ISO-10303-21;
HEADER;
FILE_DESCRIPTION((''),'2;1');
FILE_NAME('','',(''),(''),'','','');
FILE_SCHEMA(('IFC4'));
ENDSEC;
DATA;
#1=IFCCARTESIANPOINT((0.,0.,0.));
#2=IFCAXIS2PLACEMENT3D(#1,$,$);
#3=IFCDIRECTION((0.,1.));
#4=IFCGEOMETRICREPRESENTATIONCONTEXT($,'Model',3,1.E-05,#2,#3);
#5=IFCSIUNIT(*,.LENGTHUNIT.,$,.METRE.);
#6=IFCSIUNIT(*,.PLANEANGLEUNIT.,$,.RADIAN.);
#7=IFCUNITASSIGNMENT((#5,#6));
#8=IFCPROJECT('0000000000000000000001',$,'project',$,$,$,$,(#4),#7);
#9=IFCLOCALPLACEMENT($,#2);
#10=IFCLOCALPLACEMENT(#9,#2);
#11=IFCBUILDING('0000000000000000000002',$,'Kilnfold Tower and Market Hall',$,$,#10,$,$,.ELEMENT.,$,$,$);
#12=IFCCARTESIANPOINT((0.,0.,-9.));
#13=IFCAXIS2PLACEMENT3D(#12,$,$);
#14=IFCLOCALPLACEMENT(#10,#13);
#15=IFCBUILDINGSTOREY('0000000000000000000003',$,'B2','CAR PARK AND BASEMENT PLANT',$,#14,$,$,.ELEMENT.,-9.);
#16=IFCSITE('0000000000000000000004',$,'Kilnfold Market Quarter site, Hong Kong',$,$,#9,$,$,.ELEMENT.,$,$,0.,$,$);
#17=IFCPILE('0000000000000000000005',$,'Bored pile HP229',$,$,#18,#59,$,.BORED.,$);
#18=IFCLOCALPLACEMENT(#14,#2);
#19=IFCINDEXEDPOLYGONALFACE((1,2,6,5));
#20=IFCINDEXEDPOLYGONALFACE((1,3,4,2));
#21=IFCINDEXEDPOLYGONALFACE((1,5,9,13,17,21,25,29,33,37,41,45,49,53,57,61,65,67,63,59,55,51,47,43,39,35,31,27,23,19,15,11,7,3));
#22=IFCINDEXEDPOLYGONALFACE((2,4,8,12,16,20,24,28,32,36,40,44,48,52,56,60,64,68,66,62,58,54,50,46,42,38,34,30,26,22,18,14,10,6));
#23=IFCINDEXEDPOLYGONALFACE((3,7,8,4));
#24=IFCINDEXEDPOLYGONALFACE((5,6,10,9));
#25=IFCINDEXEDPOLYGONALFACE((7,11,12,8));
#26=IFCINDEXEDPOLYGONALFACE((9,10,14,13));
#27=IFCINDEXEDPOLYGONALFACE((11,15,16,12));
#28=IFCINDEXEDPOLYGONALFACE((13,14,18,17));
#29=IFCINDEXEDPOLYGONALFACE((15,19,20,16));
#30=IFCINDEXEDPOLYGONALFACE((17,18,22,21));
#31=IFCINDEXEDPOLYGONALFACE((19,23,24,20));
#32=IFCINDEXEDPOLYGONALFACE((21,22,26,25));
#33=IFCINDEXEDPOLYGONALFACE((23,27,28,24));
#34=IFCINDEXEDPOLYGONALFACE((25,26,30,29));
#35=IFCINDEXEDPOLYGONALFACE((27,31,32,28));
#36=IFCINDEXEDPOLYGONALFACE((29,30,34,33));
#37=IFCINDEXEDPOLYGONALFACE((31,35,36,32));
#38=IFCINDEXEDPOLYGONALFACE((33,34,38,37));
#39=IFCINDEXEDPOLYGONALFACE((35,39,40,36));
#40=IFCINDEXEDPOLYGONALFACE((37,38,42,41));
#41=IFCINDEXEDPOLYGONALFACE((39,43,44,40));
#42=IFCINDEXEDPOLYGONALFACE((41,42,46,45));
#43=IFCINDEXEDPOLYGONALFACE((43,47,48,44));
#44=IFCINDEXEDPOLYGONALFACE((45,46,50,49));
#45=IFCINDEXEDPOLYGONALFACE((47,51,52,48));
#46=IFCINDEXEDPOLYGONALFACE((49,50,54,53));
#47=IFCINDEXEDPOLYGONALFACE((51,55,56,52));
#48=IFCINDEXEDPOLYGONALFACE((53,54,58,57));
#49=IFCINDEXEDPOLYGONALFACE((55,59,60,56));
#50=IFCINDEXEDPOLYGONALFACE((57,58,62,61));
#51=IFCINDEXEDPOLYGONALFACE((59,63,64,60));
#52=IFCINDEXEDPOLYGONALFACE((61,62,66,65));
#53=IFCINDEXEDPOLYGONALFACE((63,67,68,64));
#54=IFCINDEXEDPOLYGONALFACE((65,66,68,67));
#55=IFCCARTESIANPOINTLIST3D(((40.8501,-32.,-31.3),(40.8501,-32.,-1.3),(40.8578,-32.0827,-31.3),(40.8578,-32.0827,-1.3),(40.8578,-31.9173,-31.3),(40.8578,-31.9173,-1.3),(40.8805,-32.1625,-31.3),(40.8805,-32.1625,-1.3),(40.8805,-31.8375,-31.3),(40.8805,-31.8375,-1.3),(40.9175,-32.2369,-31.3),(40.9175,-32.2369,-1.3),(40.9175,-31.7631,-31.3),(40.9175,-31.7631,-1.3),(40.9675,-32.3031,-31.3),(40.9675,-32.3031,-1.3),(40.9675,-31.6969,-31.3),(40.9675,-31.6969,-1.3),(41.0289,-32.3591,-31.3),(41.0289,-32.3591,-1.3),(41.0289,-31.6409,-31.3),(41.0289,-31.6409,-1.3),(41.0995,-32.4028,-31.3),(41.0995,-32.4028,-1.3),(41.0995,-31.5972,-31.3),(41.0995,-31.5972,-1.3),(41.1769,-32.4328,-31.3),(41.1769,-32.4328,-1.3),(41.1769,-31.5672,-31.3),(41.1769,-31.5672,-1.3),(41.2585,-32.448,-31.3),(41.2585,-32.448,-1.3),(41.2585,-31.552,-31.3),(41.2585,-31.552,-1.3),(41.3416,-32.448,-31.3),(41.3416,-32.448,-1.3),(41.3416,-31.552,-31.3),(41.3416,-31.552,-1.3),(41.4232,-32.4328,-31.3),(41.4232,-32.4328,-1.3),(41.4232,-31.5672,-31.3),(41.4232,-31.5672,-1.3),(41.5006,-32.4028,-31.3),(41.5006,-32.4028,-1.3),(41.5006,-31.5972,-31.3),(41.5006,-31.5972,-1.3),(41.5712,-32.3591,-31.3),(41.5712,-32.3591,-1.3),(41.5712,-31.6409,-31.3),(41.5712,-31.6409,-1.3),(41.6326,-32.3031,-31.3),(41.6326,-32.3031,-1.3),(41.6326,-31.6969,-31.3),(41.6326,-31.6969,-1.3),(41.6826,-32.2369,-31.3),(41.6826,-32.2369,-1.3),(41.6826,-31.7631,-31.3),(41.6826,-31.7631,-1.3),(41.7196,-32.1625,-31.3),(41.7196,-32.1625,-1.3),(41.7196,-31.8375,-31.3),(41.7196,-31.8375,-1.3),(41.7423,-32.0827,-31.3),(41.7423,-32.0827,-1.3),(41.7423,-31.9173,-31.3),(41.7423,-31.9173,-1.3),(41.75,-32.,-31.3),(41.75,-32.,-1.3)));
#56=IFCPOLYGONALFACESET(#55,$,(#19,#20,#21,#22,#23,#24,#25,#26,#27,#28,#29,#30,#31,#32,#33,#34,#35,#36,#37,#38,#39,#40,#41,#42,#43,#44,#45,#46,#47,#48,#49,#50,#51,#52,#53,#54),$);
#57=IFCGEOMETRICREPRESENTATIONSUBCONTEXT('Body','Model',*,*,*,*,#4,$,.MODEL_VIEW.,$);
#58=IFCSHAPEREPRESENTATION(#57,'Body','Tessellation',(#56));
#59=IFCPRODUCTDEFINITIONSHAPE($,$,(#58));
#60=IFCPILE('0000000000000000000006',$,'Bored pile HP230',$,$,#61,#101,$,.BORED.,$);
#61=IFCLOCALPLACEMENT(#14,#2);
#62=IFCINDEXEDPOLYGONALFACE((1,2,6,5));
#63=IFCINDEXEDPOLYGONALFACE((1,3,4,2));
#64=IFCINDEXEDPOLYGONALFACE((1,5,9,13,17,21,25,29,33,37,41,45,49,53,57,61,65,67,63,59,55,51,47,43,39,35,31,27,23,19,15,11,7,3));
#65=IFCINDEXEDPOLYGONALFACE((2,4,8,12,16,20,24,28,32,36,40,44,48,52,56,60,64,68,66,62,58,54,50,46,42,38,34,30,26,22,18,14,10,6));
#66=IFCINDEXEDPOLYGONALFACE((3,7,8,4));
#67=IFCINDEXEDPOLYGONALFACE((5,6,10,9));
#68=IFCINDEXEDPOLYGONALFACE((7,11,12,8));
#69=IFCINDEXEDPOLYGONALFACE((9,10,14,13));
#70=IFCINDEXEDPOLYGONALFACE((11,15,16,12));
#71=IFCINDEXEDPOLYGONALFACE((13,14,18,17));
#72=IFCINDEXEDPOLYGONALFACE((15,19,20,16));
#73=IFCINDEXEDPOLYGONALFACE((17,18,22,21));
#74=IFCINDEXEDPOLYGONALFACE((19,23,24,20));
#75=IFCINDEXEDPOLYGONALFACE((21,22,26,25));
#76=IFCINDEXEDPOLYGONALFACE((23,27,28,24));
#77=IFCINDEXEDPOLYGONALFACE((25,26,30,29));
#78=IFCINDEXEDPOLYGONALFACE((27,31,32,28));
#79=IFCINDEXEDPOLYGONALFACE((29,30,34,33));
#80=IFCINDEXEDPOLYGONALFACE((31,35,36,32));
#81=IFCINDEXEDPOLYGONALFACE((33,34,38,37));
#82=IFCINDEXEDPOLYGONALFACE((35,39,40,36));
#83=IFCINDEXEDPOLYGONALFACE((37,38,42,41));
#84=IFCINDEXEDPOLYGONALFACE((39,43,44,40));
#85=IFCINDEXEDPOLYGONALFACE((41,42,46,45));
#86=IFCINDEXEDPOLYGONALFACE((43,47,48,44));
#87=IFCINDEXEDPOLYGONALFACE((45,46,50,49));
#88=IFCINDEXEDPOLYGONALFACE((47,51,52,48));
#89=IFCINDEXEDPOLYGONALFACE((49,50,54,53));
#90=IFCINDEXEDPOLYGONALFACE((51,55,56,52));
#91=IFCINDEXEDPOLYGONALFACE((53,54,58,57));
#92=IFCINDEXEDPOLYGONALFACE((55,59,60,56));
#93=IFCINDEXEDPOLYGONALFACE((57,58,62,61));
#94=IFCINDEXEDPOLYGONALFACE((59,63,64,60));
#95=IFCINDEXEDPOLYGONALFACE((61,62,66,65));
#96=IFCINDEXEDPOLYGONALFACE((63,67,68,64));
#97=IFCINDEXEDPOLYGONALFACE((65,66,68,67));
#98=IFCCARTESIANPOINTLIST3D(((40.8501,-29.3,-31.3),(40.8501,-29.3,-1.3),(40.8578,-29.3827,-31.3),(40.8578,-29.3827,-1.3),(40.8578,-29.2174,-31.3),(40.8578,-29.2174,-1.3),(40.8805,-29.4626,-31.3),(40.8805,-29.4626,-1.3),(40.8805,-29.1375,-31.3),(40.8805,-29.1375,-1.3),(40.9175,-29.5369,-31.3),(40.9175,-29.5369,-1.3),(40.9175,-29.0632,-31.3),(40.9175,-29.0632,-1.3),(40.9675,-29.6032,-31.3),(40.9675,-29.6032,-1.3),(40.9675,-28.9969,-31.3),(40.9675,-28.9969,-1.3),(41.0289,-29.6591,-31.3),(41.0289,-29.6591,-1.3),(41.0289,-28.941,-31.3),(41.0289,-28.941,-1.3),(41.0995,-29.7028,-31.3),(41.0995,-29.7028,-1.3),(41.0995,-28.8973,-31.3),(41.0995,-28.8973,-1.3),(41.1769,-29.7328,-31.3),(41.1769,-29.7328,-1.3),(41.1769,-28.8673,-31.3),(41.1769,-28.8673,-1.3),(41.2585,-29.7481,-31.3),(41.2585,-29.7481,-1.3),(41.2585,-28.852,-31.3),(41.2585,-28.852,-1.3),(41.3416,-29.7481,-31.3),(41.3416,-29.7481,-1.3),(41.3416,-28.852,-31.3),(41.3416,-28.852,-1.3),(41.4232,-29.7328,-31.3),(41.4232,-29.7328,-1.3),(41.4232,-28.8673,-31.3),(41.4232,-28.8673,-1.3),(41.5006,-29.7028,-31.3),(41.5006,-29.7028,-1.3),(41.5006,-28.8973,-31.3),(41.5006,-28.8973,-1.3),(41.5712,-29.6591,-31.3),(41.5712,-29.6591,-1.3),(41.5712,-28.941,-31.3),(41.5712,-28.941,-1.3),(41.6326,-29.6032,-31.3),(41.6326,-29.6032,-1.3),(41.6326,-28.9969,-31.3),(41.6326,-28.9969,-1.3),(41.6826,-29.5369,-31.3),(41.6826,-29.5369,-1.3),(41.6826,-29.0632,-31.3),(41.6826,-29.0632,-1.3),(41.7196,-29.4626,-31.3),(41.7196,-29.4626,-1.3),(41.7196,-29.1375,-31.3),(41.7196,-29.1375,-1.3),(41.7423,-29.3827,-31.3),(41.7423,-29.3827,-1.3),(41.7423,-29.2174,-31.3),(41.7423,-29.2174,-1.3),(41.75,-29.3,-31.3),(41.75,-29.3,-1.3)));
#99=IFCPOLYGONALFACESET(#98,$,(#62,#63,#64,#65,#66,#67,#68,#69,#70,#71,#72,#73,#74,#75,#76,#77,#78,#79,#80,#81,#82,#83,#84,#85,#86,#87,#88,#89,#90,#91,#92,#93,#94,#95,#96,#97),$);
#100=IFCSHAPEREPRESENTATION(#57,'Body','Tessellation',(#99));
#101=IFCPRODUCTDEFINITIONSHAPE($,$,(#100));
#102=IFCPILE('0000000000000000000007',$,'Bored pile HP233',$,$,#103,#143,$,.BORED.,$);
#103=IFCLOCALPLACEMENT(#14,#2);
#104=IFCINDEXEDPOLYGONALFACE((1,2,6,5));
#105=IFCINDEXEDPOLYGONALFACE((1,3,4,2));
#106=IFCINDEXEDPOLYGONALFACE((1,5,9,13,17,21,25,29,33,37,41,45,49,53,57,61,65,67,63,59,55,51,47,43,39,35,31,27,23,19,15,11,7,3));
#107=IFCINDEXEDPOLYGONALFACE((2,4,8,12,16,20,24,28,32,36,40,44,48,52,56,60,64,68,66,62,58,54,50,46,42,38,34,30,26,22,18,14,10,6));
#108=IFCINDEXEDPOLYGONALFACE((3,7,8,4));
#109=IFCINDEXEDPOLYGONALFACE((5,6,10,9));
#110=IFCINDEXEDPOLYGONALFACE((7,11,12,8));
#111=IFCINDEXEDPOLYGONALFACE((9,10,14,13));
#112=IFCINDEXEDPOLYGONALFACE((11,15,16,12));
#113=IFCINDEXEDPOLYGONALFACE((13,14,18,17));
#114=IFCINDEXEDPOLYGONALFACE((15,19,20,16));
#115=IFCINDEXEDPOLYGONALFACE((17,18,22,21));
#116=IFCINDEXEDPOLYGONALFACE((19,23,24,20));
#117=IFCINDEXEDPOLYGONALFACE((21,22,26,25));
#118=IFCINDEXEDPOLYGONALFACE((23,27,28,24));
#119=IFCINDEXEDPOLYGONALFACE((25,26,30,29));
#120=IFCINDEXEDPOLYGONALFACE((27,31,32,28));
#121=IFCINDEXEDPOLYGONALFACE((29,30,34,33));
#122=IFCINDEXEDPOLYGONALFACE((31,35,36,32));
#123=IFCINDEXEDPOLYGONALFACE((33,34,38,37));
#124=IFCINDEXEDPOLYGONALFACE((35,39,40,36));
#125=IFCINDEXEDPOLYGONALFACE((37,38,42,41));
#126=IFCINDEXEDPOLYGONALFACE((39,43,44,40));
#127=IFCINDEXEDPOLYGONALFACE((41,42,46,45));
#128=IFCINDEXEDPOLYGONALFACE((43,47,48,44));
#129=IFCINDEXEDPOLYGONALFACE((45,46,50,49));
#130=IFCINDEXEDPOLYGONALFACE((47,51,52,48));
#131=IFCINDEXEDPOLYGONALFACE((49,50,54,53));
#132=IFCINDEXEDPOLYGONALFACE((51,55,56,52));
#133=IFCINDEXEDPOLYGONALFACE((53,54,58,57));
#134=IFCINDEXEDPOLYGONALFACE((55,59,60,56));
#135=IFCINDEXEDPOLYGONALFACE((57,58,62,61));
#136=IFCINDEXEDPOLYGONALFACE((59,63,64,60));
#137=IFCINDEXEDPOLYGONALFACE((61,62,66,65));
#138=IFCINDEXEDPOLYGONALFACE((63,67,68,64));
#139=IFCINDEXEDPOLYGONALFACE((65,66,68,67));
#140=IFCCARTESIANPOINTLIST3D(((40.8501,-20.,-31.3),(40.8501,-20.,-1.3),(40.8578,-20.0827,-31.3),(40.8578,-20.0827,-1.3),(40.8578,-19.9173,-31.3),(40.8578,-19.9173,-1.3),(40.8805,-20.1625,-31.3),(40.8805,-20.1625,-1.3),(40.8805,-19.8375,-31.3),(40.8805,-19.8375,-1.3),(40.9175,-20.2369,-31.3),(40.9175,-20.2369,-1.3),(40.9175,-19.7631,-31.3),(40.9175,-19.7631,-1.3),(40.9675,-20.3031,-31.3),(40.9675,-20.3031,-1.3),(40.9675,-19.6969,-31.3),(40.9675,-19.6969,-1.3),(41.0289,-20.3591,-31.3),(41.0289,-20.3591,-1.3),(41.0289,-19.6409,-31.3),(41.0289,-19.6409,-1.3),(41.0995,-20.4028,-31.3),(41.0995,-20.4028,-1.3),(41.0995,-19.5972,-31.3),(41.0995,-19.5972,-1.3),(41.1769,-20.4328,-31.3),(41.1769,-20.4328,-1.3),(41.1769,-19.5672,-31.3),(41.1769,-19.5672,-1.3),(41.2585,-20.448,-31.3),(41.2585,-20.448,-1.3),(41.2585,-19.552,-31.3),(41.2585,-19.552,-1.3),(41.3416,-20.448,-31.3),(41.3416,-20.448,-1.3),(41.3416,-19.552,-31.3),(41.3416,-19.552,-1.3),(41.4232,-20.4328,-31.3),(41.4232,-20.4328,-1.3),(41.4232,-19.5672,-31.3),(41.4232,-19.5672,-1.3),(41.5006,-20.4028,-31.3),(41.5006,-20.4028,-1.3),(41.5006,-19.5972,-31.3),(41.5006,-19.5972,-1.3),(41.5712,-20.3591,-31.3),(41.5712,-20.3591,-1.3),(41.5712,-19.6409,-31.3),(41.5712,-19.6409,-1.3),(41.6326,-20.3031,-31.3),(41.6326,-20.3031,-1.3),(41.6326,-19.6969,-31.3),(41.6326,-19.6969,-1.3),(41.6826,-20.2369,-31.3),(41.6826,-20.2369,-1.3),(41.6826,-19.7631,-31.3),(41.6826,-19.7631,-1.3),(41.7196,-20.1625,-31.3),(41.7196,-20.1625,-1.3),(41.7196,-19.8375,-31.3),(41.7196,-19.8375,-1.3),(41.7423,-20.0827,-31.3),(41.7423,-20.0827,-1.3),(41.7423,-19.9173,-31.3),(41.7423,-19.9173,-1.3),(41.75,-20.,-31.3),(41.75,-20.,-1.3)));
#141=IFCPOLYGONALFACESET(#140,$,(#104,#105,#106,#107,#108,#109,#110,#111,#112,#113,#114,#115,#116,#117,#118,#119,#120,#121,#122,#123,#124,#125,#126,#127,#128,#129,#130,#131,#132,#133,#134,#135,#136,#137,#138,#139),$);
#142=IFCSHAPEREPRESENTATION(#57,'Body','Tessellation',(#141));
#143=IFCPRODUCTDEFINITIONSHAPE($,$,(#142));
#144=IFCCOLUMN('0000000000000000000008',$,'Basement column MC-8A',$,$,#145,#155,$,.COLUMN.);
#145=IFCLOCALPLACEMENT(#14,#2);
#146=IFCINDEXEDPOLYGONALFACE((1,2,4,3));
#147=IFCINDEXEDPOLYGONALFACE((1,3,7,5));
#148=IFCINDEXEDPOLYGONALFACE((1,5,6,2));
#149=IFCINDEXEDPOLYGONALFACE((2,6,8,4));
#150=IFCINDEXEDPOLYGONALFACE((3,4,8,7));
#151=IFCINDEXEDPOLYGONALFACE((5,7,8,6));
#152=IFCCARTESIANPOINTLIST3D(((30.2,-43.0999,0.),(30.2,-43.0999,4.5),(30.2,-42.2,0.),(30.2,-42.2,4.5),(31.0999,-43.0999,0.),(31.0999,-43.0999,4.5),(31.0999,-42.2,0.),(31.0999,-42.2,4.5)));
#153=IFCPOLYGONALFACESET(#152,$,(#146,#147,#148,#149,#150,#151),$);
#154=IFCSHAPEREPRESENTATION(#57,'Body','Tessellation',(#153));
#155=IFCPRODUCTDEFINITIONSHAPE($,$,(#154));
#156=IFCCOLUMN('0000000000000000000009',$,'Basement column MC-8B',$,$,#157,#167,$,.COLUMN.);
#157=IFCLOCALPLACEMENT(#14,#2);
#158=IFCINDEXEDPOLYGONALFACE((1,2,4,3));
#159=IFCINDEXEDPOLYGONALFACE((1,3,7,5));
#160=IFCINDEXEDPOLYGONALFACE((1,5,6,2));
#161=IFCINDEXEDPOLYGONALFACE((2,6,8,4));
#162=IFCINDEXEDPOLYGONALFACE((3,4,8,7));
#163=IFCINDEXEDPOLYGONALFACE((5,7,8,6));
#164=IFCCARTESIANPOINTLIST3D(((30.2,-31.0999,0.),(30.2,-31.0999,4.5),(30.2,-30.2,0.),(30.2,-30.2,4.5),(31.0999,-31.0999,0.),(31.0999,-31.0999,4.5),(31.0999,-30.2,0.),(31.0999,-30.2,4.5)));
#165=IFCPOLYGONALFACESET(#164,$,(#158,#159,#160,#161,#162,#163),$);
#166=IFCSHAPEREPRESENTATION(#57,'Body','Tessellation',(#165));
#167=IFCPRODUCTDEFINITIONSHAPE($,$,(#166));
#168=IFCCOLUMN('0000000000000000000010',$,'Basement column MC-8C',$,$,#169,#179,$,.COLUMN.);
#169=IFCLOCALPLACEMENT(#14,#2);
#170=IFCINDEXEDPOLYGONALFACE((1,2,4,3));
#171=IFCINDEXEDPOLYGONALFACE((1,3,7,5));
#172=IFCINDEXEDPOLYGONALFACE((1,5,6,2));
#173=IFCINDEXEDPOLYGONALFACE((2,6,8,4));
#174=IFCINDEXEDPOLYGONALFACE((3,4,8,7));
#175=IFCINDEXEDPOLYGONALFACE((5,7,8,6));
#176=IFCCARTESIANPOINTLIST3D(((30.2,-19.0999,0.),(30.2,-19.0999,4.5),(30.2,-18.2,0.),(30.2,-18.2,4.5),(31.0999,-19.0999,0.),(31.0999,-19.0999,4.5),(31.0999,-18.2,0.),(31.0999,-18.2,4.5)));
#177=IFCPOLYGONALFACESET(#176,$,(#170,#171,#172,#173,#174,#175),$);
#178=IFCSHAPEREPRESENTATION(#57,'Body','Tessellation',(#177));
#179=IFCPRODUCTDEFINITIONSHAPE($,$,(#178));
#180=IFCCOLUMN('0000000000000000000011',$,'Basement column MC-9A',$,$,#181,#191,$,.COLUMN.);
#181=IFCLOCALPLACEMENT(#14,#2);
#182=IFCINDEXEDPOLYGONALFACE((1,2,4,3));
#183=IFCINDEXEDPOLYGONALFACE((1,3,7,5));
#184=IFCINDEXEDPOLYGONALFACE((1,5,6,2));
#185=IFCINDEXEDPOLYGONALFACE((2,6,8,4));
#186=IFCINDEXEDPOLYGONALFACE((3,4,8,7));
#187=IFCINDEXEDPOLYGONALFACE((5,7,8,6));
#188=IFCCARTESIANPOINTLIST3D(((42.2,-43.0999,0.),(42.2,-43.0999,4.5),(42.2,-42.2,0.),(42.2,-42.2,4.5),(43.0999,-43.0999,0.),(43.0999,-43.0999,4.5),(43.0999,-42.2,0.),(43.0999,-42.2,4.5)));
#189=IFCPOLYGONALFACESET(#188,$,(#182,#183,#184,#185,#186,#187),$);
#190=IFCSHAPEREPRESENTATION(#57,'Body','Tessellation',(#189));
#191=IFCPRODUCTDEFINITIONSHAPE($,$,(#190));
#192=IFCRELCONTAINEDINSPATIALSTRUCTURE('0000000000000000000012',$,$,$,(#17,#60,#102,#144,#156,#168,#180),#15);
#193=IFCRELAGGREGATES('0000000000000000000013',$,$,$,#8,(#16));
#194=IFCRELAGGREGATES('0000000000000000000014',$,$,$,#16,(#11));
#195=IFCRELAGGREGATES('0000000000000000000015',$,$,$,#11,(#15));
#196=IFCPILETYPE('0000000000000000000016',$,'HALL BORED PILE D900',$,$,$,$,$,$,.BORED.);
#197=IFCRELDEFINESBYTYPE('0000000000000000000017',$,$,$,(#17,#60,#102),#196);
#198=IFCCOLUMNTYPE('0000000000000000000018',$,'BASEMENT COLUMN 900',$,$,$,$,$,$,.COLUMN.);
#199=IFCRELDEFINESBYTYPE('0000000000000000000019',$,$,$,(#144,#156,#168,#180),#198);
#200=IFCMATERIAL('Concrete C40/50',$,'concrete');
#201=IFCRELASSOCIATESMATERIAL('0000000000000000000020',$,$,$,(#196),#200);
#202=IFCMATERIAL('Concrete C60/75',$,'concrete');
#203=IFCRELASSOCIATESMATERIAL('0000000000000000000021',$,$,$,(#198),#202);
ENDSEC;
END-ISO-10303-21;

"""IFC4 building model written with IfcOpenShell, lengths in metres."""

from ifc_helpers import new_model, si_unit, direction, frame, origin, origin_2d, place, context, subcontext, project, spatial, rectangle, circle, extrude, source, transform, mapped, material, material_profile, profile_set, type_object, element, save


model = new_model("IFC4")

# Units and contexts
model_context = context("Model", 3, precision=1e-05, world=origin(), true_north=direction((0.0, 1.0)))
body_context = subcontext(model_context, "Body", "Model", "MODEL_VIEW")
ifc_project = project(units=[si_unit("LENGTHUNIT", "METRE"), si_unit("PLANEANGLEUNIT", "RADIAN")], contexts=[model_context])

# Site, building, storey
site_placement = place(None, origin())
site = spatial("IfcSite", under=ifc_project, at=site_placement, Name="Kilnfold Market Quarter site, Hong Kong", CompositionType="ELEMENT", RefElevation=0.0)
building_placement = place(site_placement, origin())
building = spatial("IfcBuilding", under=site, at=building_placement, Name="Kilnfold Tower and Market Hall", CompositionType="ELEMENT")
storey_placement = place(building_placement, frame((0.0, 0.0, -9.0)))
storey = spatial("IfcBuildingStorey", under=building, at=storey_placement, Name="B2", Description="CAR PARK AND BASEMENT PLANT", CompositionType="ELEMENT", Elevation=-9.0)

# Piles
ifc_material_1 = material(Name="Concrete C40/50", Category="concrete")
ifc_material_profile_1 = material_profile(ifc_material_1, circle(Radius=0.45, at=origin_2d()), Name="D900")
ifc_profile_set_1 = profile_set([ifc_material_profile_1], Name="Concrete C40/50")
pile_type = type_object("IfcPileType", Name="HALL BORED PILE D900", PredefinedType="BORED", material=ifc_profile_set_1)
shared_shape_1 = source(origin(), body_context, "Body", "SweptSolid", [
    extrude(circle(Radius=0.45, at=origin_2d()), origin(), (0.0, 0.0, 1.0), 30.0),
])
for number, where, z_axis, x_axis, name in (
    (1, (41.3, -32.0, -1.3), (0.0, 0.0, -1.0), (1.0, 0.0, 0.0), "Bored pile HP229"),
    (2, (41.3, -29.3, -1.3), (0.0, 0.0, -1.0), (1.0, 0.0, 0.0), "Bored pile HP230"),
    (3, (41.3, -20.0, -1.3), (0.0, 0.0, -1.0), (1.0, 0.0, 0.0), "Bored pile HP233"),
):
    element("IfcPile", number, at=place(storey_placement, frame(where, z_axis=z_axis, x_axis=x_axis)), inside=storey, type_object=pile_type, Name=name, PredefinedType="BORED", context=body_context, shape_type="MappedRepresentation", body=[
        mapped(shared_shape_1, transform((0.0, 0.0, 0.0))),
    ])

# Columns
ifc_material_2 = material(Name="Concrete C60/75", Category="concrete")
ifc_material_profile_2 = material_profile(ifc_material_2, rectangle(XDim=0.8999, YDim=0.8999, at=origin_2d()), Name="RC 900x900")
ifc_profile_set_2 = profile_set([ifc_material_profile_2], Name="Concrete C60/75")
column_type = type_object("IfcColumnType", Name="BASEMENT COLUMN 900", PredefinedType="COLUMN", material=ifc_profile_set_2)
shared_shape_2 = source(origin(), body_context, "Body", "SweptSolid", [
    extrude(rectangle(XDim=0.8999, YDim=0.8999, at=origin_2d()), origin(), (0.0, 0.0, 1.0), 4.5),
])
for number, where, z_axis, x_axis, name in (
    (4, (30.6499, -42.6499, 0.0), (0.0, 0.0, 1.0), (1.0, 0.0, 0.0), "Basement column MC-8A"),
    (5, (30.6499, -30.6499, 0.0), (0.0, 0.0, 1.0), (1.0, 0.0, 0.0), "Basement column MC-8B"),
    (6, (30.6499, -18.6499, 0.0), (0.0, 0.0, 1.0), (1.0, 0.0, 0.0), "Basement column MC-8C"),
    (7, (42.6499, -42.6499, 0.0), (0.0, 0.0, 1.0), (1.0, 0.0, 0.0), "Basement column MC-9A"),
):
    element("IfcColumn", number, at=place(storey_placement, frame(where, z_axis=z_axis, x_axis=x_axis)), inside=storey, type_object=column_type, Name=name, PredefinedType="COLUMN", context=body_context, shape_type="MappedRepresentation", body=[
        mapped(shared_shape_2, transform((0.0, 0.0, 0.0))),
    ])

save(model, "model.ifc")
